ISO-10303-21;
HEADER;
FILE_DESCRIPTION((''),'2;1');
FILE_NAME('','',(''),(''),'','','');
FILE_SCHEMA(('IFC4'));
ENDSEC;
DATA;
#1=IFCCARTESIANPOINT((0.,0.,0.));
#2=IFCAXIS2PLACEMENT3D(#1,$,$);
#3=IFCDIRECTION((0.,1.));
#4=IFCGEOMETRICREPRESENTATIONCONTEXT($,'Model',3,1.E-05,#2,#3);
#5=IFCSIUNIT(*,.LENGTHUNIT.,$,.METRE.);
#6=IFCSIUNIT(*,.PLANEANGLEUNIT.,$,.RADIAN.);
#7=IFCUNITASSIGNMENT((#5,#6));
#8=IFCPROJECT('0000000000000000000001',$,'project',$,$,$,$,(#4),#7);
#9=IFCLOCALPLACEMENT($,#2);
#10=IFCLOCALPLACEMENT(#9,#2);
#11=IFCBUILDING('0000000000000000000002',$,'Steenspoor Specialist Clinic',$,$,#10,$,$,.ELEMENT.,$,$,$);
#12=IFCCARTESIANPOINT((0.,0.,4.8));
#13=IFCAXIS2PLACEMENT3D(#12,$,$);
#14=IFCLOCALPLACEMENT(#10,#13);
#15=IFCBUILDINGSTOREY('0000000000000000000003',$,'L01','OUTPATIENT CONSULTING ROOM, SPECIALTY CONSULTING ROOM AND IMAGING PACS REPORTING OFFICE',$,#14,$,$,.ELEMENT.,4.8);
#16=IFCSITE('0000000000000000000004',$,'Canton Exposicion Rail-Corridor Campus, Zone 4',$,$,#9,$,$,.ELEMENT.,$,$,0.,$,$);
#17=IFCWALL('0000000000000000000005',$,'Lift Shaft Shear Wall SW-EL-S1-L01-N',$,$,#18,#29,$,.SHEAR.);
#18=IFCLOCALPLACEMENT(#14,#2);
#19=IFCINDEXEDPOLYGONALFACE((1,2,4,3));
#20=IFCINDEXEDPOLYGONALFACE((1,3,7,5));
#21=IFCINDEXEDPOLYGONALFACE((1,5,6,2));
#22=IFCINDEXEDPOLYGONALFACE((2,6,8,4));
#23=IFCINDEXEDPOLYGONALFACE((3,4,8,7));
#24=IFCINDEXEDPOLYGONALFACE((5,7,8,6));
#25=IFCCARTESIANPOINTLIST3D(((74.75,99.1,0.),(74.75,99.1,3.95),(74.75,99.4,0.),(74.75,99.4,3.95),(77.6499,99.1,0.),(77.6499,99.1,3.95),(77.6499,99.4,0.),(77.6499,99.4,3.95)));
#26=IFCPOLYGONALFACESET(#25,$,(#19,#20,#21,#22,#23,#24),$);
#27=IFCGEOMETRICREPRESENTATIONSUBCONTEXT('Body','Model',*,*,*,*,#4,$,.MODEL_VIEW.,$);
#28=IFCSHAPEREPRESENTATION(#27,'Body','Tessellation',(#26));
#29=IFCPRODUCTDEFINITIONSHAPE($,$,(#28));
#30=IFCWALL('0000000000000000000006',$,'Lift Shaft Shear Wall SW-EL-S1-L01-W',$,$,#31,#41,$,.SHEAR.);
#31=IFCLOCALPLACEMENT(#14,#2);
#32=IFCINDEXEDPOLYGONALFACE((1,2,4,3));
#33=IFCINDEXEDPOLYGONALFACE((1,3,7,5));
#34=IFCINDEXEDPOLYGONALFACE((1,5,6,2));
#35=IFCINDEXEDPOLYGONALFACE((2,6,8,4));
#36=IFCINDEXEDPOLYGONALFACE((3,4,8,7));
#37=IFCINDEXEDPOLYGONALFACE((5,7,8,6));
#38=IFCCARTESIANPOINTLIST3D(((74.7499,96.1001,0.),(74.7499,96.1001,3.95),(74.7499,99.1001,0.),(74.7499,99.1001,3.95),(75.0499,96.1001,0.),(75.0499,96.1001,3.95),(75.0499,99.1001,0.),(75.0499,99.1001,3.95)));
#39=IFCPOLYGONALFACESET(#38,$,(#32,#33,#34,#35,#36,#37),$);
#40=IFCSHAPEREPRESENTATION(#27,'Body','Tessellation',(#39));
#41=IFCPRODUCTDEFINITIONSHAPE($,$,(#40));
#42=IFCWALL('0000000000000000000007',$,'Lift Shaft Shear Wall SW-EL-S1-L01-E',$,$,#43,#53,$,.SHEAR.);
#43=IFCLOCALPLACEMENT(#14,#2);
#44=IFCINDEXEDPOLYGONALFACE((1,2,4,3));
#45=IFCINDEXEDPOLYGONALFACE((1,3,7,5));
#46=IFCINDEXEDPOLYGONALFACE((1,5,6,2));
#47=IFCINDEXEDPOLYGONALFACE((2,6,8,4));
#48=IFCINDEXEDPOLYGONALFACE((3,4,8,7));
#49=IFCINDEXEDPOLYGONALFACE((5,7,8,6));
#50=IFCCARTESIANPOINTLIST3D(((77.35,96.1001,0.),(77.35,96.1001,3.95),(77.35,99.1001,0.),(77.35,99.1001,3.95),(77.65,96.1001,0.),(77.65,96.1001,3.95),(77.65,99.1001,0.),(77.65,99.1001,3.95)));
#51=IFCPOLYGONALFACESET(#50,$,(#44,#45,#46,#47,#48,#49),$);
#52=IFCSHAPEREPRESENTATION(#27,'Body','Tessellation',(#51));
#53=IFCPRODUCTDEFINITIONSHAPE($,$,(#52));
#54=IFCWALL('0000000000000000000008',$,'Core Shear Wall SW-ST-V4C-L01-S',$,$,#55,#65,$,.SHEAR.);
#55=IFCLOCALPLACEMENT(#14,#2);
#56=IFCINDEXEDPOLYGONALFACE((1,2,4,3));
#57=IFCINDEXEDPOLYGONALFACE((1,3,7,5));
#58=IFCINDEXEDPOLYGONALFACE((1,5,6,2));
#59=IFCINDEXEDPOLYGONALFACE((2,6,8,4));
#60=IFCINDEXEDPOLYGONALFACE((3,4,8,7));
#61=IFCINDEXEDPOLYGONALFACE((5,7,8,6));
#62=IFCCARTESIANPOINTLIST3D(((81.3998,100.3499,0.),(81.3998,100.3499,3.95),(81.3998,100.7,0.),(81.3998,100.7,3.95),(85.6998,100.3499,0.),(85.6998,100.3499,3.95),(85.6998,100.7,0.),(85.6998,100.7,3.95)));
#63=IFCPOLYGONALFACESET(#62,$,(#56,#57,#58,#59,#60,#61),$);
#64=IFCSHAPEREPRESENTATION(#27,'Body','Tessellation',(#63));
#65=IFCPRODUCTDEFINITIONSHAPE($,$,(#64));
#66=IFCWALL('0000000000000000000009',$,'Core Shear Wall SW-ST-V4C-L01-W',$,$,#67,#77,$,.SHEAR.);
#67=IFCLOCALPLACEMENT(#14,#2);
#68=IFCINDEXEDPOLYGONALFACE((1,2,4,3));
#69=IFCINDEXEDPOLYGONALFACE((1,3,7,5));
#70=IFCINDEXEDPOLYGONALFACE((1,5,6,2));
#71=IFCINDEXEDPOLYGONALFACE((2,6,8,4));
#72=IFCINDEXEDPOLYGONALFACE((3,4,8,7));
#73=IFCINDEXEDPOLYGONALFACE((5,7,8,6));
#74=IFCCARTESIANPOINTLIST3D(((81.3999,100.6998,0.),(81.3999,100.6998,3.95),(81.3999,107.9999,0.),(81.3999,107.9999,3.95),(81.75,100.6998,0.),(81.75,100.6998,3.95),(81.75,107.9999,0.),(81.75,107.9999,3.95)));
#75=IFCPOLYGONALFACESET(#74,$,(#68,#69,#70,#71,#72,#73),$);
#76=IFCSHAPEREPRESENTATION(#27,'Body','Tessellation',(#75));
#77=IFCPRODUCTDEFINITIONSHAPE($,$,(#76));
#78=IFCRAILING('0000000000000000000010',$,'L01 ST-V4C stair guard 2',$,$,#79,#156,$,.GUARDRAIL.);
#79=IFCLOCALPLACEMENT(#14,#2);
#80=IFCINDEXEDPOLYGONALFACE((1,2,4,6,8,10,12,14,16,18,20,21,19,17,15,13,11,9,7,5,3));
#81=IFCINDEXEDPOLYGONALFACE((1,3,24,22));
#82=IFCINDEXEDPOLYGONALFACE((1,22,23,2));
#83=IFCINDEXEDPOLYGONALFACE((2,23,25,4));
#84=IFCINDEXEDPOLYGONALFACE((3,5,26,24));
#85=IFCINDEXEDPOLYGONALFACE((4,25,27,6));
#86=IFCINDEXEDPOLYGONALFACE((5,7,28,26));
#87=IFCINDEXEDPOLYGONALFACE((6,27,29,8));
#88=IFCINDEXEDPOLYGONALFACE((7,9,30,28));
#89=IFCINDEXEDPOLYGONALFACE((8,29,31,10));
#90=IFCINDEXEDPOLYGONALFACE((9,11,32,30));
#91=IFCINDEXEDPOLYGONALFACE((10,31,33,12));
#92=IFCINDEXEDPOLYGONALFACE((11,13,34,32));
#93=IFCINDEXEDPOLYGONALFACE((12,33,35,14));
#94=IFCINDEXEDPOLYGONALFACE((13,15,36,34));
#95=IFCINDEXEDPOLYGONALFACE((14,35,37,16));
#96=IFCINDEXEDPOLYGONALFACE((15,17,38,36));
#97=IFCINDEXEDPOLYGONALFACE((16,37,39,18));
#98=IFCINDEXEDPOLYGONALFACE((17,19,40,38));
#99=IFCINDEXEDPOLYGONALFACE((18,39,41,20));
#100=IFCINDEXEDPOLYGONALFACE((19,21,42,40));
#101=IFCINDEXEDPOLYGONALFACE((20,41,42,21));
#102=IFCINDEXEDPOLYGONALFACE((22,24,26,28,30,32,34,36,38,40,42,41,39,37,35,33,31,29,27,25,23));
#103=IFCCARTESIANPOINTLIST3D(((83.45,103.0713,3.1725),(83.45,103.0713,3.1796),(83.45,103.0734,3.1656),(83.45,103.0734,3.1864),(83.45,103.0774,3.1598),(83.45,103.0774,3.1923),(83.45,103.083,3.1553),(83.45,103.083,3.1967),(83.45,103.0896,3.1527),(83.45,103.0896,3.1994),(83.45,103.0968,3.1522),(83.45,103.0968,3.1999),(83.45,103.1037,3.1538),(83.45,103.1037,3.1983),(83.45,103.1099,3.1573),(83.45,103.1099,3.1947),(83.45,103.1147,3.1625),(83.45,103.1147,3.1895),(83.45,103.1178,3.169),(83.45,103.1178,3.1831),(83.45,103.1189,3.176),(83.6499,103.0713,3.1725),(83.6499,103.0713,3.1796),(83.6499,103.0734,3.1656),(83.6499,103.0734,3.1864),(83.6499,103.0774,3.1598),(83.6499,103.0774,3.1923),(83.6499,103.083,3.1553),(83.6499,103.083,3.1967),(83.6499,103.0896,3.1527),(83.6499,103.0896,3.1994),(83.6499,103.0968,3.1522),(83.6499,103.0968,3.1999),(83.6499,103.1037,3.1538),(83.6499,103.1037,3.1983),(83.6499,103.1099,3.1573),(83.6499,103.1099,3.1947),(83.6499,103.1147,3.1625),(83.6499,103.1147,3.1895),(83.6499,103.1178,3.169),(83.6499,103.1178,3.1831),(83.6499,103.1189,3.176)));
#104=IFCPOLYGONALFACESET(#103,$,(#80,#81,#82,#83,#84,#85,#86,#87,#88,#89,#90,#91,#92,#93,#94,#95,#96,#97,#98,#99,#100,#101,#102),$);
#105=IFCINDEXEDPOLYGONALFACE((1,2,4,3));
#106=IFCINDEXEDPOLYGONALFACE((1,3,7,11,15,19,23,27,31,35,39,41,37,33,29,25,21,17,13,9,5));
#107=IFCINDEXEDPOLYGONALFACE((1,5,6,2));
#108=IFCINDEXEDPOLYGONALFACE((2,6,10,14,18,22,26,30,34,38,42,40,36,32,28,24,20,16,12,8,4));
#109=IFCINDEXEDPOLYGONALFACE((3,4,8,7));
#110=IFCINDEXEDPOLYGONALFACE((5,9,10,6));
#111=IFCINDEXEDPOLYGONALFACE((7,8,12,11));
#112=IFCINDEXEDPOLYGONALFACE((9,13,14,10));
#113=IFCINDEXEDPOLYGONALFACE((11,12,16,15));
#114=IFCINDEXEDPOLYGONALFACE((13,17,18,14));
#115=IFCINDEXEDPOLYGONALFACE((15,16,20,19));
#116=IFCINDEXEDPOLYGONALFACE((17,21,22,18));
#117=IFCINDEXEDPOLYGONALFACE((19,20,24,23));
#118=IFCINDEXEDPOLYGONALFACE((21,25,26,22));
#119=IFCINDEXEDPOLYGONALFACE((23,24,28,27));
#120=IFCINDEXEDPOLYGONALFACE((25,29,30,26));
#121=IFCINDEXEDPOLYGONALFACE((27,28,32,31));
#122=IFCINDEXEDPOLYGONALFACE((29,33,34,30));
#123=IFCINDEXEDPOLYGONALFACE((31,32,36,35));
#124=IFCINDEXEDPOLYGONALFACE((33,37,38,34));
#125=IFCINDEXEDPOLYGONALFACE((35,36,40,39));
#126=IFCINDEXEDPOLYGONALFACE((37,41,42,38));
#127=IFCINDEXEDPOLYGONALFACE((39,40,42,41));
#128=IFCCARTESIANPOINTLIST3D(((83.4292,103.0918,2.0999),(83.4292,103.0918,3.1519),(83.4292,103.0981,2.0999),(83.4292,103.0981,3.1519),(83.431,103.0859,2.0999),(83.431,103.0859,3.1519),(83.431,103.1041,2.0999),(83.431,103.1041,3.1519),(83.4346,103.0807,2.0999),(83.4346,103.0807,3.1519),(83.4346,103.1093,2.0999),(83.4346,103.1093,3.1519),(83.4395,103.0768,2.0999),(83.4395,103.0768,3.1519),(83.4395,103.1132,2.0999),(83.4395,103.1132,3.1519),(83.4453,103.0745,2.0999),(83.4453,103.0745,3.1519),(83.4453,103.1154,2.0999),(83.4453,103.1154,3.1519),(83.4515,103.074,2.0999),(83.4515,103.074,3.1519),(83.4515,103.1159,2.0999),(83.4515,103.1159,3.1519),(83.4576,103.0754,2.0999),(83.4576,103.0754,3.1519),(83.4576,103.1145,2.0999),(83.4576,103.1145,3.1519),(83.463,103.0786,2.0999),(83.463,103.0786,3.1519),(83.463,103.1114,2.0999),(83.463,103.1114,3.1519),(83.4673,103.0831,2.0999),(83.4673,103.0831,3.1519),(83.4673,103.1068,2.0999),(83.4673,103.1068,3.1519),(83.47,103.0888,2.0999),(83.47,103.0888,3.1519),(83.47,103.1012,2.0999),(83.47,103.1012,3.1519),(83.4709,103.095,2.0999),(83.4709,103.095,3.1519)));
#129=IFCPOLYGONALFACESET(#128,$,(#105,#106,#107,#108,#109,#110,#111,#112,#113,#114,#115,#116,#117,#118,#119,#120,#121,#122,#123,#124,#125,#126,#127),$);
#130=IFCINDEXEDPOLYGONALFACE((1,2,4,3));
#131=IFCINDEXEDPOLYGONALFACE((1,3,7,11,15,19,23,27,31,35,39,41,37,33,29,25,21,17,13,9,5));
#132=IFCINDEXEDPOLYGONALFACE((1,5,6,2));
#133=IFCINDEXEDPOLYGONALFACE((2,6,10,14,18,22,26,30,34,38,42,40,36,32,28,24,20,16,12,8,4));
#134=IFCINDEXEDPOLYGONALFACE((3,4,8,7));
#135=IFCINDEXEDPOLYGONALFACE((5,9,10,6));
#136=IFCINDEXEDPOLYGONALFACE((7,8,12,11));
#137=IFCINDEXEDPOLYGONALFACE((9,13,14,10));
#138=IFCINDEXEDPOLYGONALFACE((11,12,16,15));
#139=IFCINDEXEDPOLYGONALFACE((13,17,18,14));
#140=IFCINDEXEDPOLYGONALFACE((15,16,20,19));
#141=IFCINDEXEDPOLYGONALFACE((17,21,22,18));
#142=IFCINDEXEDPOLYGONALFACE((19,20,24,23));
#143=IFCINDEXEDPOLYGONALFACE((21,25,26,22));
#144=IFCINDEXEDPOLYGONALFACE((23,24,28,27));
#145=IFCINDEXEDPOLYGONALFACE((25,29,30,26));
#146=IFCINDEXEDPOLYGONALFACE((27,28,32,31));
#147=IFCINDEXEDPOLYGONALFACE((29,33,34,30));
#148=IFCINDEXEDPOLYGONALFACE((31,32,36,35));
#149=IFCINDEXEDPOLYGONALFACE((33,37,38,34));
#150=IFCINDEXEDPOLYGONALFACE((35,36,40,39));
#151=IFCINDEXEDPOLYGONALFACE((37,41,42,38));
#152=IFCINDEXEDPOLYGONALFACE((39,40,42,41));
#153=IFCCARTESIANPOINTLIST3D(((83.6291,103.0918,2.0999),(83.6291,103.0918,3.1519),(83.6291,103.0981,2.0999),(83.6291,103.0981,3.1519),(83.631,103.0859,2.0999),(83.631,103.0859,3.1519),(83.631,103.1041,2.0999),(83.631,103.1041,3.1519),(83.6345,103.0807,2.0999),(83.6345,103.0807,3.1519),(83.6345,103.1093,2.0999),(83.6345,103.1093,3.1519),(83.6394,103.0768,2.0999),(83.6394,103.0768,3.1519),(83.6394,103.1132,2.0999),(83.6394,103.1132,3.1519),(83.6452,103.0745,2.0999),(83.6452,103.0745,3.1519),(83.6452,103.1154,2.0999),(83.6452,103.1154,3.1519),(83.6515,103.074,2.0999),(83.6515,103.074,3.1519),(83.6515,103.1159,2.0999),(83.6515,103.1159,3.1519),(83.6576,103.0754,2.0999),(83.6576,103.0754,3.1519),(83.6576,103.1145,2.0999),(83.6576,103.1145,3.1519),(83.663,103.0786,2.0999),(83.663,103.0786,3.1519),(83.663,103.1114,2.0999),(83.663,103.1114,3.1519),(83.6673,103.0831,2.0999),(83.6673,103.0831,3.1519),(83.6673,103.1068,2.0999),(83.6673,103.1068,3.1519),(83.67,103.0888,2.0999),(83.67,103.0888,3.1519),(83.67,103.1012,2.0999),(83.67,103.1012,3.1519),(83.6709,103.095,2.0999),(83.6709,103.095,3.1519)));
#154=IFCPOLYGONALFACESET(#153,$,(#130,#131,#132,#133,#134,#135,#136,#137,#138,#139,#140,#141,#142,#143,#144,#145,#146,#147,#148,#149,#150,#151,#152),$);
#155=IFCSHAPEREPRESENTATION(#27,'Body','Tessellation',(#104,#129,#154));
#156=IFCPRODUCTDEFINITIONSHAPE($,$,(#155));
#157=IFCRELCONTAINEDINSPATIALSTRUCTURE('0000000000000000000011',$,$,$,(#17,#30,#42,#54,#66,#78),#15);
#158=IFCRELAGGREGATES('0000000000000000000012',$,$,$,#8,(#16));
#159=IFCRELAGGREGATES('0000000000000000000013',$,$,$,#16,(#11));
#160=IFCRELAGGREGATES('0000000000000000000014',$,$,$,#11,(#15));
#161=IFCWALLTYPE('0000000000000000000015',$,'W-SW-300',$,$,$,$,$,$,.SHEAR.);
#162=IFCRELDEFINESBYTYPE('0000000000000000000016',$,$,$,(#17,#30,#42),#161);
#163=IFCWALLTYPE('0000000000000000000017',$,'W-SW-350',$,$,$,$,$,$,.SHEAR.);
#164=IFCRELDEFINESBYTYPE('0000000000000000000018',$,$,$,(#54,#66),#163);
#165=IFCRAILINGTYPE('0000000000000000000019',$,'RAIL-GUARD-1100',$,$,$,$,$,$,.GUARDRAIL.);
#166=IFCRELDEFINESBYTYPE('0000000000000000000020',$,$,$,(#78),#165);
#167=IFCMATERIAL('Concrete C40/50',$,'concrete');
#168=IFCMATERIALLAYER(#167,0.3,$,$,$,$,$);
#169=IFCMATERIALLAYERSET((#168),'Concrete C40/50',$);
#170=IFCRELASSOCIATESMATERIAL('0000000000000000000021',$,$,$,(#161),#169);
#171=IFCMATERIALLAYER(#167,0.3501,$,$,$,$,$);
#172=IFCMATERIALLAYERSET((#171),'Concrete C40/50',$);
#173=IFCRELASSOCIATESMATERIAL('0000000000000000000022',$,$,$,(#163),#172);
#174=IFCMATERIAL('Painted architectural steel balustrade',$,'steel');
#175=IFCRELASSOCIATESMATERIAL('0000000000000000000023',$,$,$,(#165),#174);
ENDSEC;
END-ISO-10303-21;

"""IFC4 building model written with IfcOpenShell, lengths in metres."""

from ifc_helpers import new_model, si_unit, direction, frame, frame_2d, origin, origin_2d, place, context, subcontext, project, spatial, rectangle, circle, extrude, material, layer, layer_set, type_object, element, save


model = new_model("IFC4")

# Units and contexts
model_context = context("Model", 3, precision=1e-05, world=origin(), true_north=direction((0.0, 1.0)))
body_context = subcontext(model_context, "Body", "Model", "MODEL_VIEW")
ifc_project = project(units=[si_unit("LENGTHUNIT", "METRE"), si_unit("PLANEANGLEUNIT", "RADIAN")], contexts=[model_context])

# Site, building, storey
site_placement = place(None, origin())
site = spatial("IfcSite", under=ifc_project, at=site_placement, Name="Canton Exposicion Rail-Corridor Campus, Zone 4", CompositionType="ELEMENT", RefElevation=0.0)
building_placement = place(site_placement, origin())
building = spatial("IfcBuilding", under=site, at=building_placement, Name="Steenspoor Specialist Clinic", CompositionType="ELEMENT")
storey_placement = place(building_placement, frame((0.0, 0.0, 4.8)))
storey = spatial("IfcBuildingStorey", under=building, at=storey_placement, Name="L01", Description="OUTPATIENT CONSULTING ROOM, SPECIALTY CONSULTING ROOM AND IMAGING PACS REPORTING OFFICE", CompositionType="ELEMENT", Elevation=4.8)

# Shared definitions
ifc_material_1 = material(Name="Concrete C40/50", Category="concrete")

# Shared definitions
ifc_layer_1 = layer(ifc_material_1, 0.3)
ifc_layer_set_1 = layer_set([ifc_layer_1], Name="Concrete C40/50")
wall_type_1 = type_object("IfcWallType", Name="W-SW-300", PredefinedType="SHEAR", material=ifc_layer_set_1)

# Walls
wall_1_placement = place(storey_placement, frame((74.75, 99.25, 0.0), z_axis=(0.0, 0.0, 1.0), x_axis=(1.0, 0.0, 0.0)))
element("IfcWall", 1, at=wall_1_placement, inside=storey, type_object=wall_type_1, Name="Lift Shaft Shear Wall SW-EL-S1-L01-N", PredefinedType="SHEAR", context=body_context, shape_type="SweptSolid", body=[
    extrude(rectangle(XDim=2.8999, YDim=0.3, at=frame_2d((1.45, 0.0))), origin(), (0.0, 0.0, 1.0), 3.95),
])
for number, where, z_axis, x_axis, name in (
    (2, (74.8999, 96.1001, 0.0), (0.0, 0.0, 1.0), (0.0, 1.0, 0.0), "Lift Shaft Shear Wall SW-EL-S1-L01-W"),
    (3, (77.5, 96.1001, 0.0), (0.0, 0.0, 1.0), (0.0, 1.0, 0.0), "Lift Shaft Shear Wall SW-EL-S1-L01-E"),
):
    element("IfcWall", number, at=place(storey_placement, frame(where, z_axis=z_axis, x_axis=x_axis)), inside=storey, type_object=wall_type_1, Name=name, PredefinedType="SHEAR", context=body_context, shape_type="SweptSolid", body=[
        extrude(rectangle(XDim=3.0, YDim=0.3, at=frame_2d((1.5, 0.0))), origin(), (0.0, 0.0, 1.0), 3.95),
    ])
ifc_layer_2 = layer(ifc_material_1, 0.3501)
ifc_layer_set_2 = layer_set([ifc_layer_2], Name="Concrete C40/50")
wall_type_2 = type_object("IfcWallType", Name="W-SW-350", PredefinedType="SHEAR", material=ifc_layer_set_2)
wall_2_placement = place(storey_placement, frame((81.3999, 100.5249, 0.0), z_axis=(0.0, 0.0, 1.0), x_axis=(1.0, 0.0, 0.0)))
element("IfcWall", 4, at=wall_2_placement, inside=storey, type_object=wall_type_2, Name="Core Shear Wall SW-ST-V4C-L01-S", PredefinedType="SHEAR", context=body_context, shape_type="SweptSolid", body=[
    extrude(rectangle(XDim=4.3, YDim=0.3501, at=frame_2d((2.1499, 0.0))), origin(), (0.0, 0.0, 1.0), 3.95),
])
wall_3_placement = place(storey_placement, frame((81.575, 100.7, 0.0), z_axis=(0.0, 0.0, 1.0), x_axis=(0.0, 1.0, 0.0)))
element("IfcWall", 5, at=wall_3_placement, inside=storey, type_object=wall_type_2, Name="Core Shear Wall SW-ST-V4C-L01-W", PredefinedType="SHEAR", context=body_context, shape_type="SweptSolid", body=[
    extrude(rectangle(XDim=7.3, YDim=0.3501, at=frame_2d((3.6499, 0.0))), origin(), (0.0, 0.0, 1.0), 3.95),
])

# Railing
ifc_material_2 = material(Name="Painted architectural steel balustrade", Category="steel")
railing_type = type_object("IfcRailingType", Name="RAIL-GUARD-1100", PredefinedType="GUARDRAIL", material=ifc_material_2)
railing_placement = place(storey_placement, frame((83.45, 103.095, 2.0999)))
element("IfcRailing", 6, at=railing_placement, inside=storey, type_object=railing_type, Name="L01 ST-V4C stair guard 2", PredefinedType="GUARDRAIL", context=body_context, shape_type="SweptSolid", body=[
    extrude(circle(Radius=0.0239, at=origin_2d()), frame((0.0, 0.0, 1.0762), z_axis=(1.0, 0.0, 0.0), x_axis=(0.0, 1.0, 0.0)), (0.0, 0.0, 1.0), 0.2),
    extrude(circle(Radius=0.021, at=origin_2d()), origin(), (0.0, 0.0, 1.0), 1.052),
    extrude(circle(Radius=0.021, at=origin_2d()), frame((0.2, 0.0, 0.0)), (0.0, 0.0, 1.0), 1.052),
])

save(model, "model.ifc")
